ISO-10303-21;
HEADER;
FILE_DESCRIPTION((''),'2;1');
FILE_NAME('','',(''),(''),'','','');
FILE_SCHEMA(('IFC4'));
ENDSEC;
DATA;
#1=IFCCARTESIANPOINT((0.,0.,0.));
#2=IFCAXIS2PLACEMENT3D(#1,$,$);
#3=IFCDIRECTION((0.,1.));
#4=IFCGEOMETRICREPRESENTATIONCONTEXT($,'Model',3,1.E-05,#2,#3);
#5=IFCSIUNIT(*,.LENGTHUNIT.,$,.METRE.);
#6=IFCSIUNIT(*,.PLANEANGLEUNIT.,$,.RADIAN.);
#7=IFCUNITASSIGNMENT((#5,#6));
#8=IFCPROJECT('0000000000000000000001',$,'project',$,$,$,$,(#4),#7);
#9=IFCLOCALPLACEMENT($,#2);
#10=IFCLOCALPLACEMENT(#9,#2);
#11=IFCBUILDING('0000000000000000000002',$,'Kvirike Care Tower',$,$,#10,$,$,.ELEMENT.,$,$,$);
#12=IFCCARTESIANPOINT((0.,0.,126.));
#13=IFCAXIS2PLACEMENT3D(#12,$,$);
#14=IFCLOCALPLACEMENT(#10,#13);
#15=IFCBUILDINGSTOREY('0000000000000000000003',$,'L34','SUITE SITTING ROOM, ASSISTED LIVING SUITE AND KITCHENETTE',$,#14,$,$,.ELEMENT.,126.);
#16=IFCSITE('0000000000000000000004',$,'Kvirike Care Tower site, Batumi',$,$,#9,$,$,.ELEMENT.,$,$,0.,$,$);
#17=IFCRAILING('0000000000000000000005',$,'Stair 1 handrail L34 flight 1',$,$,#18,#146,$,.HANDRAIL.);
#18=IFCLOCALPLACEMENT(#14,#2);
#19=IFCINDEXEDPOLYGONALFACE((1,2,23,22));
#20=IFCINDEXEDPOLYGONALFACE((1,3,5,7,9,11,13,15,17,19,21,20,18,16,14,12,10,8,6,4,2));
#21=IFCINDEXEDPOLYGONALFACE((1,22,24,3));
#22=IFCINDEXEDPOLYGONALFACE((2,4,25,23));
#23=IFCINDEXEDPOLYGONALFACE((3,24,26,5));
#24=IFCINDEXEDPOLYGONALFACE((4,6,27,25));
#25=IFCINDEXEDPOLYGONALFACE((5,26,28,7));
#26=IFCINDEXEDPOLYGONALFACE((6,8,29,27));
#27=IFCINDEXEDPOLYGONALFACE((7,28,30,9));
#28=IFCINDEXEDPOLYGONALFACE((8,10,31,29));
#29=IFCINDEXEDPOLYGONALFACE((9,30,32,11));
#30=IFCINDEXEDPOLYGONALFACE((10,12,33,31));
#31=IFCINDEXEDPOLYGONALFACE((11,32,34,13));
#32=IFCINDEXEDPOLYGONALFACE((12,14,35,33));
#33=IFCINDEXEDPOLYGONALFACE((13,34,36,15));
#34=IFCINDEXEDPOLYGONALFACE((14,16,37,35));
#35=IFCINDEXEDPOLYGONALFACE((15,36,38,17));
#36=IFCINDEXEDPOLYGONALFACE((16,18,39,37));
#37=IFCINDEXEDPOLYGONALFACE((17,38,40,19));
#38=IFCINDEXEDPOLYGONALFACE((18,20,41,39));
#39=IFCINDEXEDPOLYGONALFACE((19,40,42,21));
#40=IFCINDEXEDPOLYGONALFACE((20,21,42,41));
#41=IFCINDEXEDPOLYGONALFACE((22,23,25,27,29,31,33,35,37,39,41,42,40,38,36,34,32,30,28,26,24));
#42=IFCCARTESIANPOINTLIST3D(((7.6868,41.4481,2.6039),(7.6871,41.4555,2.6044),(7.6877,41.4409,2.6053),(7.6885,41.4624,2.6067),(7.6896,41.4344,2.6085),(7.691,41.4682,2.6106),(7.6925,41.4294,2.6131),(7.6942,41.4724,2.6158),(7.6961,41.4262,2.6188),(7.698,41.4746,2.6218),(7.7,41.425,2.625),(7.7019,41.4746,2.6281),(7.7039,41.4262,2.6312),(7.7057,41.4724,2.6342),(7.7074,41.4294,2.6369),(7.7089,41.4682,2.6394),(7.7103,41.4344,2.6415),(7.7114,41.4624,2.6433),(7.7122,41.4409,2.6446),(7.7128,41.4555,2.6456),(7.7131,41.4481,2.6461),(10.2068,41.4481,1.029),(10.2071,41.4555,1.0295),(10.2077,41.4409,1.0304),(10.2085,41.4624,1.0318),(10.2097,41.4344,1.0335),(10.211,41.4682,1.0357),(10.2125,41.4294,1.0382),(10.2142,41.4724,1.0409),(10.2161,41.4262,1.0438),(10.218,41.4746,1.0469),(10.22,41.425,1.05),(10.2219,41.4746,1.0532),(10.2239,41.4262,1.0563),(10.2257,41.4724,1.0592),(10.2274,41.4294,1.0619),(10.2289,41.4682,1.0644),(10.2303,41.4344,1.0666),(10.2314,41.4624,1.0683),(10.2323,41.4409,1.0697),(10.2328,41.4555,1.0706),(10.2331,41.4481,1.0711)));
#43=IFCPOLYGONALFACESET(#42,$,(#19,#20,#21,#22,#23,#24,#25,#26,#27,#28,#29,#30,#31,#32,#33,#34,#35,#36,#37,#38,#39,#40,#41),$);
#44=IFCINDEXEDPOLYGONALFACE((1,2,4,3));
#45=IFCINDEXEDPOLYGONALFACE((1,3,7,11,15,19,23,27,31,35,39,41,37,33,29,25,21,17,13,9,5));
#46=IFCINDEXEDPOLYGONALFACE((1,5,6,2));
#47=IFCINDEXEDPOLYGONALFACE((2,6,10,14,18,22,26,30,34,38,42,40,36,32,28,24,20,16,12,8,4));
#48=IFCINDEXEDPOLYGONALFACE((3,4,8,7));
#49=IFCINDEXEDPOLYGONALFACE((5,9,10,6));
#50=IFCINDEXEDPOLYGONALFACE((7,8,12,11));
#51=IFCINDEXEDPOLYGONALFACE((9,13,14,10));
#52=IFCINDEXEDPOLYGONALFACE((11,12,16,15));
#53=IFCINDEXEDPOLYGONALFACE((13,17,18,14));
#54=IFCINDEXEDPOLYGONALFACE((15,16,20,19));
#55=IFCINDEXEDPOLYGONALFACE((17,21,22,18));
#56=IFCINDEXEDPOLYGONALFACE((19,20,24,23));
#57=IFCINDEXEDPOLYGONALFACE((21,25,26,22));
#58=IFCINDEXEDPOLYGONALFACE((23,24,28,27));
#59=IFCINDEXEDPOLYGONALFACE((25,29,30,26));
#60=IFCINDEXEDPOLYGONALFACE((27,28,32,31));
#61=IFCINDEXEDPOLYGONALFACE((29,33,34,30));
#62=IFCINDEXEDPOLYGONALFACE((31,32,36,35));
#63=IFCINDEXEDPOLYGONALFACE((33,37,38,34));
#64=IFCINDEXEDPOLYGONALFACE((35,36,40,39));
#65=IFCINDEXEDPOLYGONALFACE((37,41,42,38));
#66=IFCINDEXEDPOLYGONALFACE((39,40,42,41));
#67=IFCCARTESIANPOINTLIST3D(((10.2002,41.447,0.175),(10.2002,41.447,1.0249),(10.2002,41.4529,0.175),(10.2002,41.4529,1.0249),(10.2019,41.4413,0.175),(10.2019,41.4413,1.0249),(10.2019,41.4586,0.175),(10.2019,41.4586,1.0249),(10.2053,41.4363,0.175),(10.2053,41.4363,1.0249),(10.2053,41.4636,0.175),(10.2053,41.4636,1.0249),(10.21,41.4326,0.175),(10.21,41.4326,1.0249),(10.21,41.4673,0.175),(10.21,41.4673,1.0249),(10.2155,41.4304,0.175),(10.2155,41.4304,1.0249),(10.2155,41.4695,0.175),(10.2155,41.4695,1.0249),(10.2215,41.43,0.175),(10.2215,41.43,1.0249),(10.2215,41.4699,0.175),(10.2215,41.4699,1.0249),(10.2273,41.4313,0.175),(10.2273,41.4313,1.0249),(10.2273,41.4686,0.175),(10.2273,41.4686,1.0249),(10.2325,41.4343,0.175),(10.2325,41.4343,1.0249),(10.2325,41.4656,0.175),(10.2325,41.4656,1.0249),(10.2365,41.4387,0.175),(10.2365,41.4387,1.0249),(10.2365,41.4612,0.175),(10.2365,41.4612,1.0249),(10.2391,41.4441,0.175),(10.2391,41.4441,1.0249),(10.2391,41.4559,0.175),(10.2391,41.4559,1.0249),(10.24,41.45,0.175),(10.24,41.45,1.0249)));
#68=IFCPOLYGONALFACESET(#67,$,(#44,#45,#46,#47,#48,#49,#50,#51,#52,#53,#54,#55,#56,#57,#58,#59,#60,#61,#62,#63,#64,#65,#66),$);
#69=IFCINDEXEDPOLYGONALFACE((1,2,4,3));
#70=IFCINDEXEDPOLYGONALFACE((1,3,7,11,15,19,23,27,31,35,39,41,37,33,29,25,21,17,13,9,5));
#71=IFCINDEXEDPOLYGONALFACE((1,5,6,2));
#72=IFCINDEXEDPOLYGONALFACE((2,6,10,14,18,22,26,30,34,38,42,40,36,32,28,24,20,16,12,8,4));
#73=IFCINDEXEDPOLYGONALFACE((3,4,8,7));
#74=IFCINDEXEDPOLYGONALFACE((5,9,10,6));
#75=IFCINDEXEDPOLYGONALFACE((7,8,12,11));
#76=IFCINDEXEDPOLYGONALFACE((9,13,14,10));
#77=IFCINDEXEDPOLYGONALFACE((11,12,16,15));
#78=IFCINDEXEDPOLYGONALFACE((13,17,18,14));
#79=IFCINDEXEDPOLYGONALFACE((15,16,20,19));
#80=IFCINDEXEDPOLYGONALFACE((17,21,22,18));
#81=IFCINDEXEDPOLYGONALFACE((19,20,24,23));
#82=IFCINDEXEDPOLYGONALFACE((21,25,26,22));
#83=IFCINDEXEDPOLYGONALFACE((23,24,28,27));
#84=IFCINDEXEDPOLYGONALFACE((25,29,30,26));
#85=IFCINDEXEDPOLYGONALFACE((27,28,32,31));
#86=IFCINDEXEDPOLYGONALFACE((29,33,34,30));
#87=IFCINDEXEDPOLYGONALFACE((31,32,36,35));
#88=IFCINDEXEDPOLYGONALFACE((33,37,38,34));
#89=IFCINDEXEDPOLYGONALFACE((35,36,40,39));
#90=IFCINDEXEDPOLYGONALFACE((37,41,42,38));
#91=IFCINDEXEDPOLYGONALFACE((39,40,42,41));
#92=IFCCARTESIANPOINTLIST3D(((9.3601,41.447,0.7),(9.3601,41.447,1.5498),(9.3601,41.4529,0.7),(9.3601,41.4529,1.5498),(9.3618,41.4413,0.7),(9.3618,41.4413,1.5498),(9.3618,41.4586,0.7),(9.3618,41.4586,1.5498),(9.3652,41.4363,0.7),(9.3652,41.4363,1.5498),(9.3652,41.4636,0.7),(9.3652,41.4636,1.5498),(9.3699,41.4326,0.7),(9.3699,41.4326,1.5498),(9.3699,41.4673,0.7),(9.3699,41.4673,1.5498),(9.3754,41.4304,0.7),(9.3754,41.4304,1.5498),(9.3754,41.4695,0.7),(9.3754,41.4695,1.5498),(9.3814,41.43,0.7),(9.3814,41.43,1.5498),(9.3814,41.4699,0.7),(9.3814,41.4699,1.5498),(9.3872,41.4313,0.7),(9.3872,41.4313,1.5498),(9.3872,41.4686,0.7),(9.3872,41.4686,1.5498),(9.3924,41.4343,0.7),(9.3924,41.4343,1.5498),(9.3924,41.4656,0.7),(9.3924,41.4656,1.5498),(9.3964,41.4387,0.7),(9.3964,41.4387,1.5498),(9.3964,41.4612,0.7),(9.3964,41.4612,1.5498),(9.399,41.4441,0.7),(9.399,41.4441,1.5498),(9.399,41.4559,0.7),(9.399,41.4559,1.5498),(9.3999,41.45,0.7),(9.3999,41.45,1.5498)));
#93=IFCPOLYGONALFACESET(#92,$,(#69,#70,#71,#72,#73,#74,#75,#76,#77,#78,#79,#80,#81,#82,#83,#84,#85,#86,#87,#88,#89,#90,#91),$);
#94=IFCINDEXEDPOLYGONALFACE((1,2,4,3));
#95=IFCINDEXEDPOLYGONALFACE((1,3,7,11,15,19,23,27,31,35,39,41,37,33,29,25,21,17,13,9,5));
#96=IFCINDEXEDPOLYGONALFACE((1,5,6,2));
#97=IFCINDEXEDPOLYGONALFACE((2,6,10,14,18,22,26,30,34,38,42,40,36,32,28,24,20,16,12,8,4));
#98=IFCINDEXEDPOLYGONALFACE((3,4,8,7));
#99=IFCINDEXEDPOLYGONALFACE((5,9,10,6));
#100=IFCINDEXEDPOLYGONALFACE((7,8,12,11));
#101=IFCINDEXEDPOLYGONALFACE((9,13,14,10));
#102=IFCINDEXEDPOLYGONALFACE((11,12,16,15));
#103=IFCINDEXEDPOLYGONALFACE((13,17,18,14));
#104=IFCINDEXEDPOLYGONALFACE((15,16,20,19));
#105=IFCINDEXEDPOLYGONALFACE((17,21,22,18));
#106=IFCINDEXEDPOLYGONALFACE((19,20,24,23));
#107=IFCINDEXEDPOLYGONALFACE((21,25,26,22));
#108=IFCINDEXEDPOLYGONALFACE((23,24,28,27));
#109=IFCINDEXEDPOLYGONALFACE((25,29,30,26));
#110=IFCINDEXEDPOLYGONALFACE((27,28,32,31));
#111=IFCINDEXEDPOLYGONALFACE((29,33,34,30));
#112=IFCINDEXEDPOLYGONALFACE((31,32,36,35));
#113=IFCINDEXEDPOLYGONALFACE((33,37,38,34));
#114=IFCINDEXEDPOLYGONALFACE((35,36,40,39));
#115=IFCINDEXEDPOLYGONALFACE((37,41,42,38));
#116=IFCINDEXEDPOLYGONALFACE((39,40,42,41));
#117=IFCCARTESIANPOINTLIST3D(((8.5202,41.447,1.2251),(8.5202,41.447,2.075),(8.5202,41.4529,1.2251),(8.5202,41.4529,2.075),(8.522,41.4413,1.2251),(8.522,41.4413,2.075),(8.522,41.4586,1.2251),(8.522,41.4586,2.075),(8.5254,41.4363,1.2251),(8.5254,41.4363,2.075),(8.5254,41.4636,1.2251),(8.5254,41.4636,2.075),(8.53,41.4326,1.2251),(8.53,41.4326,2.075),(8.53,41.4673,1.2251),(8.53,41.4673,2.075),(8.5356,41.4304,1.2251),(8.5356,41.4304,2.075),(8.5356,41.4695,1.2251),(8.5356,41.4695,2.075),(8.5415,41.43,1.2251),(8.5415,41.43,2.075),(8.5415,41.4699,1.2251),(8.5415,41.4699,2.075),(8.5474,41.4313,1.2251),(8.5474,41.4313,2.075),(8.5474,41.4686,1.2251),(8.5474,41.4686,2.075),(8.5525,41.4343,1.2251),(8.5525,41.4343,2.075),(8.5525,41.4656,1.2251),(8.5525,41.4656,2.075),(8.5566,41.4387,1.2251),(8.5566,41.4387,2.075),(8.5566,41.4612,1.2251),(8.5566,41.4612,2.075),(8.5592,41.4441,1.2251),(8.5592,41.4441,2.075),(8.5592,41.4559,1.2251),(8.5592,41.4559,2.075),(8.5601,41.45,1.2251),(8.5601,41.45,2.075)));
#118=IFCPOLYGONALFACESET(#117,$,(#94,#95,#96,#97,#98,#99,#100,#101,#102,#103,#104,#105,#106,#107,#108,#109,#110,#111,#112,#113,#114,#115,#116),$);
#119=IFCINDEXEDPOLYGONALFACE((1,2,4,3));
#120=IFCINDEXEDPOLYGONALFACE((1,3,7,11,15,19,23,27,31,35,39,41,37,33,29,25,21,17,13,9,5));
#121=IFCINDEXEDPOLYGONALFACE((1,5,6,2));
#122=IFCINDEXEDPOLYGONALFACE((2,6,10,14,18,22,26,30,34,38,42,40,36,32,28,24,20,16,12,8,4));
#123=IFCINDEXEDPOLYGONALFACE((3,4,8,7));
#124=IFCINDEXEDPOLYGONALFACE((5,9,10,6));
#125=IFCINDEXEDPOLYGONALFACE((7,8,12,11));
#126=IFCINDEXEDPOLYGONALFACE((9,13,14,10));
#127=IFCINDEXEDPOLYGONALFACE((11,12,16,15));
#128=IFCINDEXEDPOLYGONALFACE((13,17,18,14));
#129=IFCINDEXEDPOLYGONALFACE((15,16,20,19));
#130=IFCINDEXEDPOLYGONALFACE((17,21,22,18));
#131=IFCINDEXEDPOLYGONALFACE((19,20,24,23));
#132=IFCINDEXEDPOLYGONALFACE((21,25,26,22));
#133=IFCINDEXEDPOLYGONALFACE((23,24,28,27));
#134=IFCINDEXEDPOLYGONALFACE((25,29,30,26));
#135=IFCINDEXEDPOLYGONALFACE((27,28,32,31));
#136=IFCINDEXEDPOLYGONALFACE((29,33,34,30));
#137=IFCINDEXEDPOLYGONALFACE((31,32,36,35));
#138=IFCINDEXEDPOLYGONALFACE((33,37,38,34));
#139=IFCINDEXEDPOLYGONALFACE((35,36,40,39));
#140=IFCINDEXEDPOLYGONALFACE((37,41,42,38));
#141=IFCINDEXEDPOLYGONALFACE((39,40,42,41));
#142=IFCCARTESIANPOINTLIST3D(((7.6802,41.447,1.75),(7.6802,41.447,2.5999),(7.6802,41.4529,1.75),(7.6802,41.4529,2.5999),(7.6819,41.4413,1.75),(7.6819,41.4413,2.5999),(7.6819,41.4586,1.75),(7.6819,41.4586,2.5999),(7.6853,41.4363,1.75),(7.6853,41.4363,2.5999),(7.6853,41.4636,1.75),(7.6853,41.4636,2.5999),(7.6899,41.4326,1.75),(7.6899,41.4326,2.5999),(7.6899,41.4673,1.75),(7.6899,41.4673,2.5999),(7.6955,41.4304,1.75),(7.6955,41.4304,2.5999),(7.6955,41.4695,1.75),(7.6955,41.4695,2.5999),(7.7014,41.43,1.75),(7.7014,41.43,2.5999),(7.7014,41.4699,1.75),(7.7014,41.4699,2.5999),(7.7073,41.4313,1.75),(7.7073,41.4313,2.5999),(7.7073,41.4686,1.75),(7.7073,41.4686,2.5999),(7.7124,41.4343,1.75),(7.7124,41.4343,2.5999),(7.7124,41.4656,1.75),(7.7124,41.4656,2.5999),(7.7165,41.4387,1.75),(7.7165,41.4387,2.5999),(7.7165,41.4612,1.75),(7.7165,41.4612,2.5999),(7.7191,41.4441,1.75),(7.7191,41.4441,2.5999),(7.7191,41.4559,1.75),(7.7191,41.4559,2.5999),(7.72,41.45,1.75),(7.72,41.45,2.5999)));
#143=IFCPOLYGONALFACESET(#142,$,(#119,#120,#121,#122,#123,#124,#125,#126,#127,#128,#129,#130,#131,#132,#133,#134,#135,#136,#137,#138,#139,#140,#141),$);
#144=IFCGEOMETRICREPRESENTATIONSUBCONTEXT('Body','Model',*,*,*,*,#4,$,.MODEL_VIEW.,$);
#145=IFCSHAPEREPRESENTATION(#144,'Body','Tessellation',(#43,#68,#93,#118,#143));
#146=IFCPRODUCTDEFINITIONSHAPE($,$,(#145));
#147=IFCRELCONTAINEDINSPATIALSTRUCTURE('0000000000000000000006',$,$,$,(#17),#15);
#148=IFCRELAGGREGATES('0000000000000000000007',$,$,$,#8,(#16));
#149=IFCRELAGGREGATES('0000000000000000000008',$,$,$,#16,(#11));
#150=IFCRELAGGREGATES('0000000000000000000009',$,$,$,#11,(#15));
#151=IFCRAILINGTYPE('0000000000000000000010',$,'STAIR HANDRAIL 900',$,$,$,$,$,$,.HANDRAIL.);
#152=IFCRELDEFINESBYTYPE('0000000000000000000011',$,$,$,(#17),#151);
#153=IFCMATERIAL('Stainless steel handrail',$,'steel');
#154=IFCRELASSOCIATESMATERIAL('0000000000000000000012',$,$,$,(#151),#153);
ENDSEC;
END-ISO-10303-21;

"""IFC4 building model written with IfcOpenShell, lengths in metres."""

from ifc_helpers import new_model, si_unit, direction, frame, origin, origin_2d, place, context, subcontext, project, spatial, circle, extrude, material, type_object, element, save


model = new_model("IFC4")

# Units and contexts
model_context = context("Model", 3, precision=1e-05, world=origin(), true_north=direction((0.0, 1.0)))
body_context = subcontext(model_context, "Body", "Model", "MODEL_VIEW")
ifc_project = project(units=[si_unit("LENGTHUNIT", "METRE"), si_unit("PLANEANGLEUNIT", "RADIAN")], contexts=[model_context])

# Site, building, storey
site_placement = place(None, origin())
site = spatial("IfcSite", under=ifc_project, at=site_placement, Name="Kvirike Care Tower site, Batumi", CompositionType="ELEMENT", RefElevation=0.0)
building_placement = place(site_placement, origin())
building = spatial("IfcBuilding", under=site, at=building_placement, Name="Kvirike Care Tower", CompositionType="ELEMENT")
storey_placement = place(building_placement, frame((0.0, 0.0, 126.0)))
storey = spatial("IfcBuildingStorey", under=building, at=storey_placement, Name="L34", Description="SUITE SITTING ROOM, ASSISTED LIVING SUITE AND KITCHENETTE", CompositionType="ELEMENT", Elevation=126.0)

# Railing
ifc_material_1 = material(Name="Stainless steel handrail", Category="steel")
railing_type = type_object("IfcRailingType", Name="STAIR HANDRAIL 900", PredefinedType="HANDRAIL", material=ifc_material_1)
railing_1_placement = place(storey_placement, frame((10.22, 41.45, 0.175)))
element("IfcRailing", 1, at=railing_1_placement, inside=storey, type_object=railing_type, Name="Stair 1 handrail L34 flight 1", PredefinedType="HANDRAIL", context=body_context, shape_type="SweptSolid", body=[
    extrude(circle(Radius=0.0249, at=origin_2d()), frame((0.0, 0.0, 0.875), z_axis=(-0.848008, 0.0, 0.529984), x_axis=(0.0, -1.0, 0.0)), (0.0, 0.0, 1.0), 2.9717),
    extrude(circle(Radius=0.02, at=origin_2d()), origin(), (0.0, 0.0, 1.0), 0.8499),
    extrude(circle(Radius=0.02, at=origin_2d()), frame((-0.8401, 0.0, 0.5249)), (0.0, 0.0, 1.0), 0.8499),
    extrude(circle(Radius=0.02, at=origin_2d()), frame((-1.6799, 0.0, 1.05)), (0.0, 0.0, 1.0), 0.8499),
    extrude(circle(Radius=0.02, at=origin_2d()), frame((-2.52, 0.0, 1.575)), (0.0, 0.0, 1.0), 0.8499),
])

save(model, "model.ifc")
